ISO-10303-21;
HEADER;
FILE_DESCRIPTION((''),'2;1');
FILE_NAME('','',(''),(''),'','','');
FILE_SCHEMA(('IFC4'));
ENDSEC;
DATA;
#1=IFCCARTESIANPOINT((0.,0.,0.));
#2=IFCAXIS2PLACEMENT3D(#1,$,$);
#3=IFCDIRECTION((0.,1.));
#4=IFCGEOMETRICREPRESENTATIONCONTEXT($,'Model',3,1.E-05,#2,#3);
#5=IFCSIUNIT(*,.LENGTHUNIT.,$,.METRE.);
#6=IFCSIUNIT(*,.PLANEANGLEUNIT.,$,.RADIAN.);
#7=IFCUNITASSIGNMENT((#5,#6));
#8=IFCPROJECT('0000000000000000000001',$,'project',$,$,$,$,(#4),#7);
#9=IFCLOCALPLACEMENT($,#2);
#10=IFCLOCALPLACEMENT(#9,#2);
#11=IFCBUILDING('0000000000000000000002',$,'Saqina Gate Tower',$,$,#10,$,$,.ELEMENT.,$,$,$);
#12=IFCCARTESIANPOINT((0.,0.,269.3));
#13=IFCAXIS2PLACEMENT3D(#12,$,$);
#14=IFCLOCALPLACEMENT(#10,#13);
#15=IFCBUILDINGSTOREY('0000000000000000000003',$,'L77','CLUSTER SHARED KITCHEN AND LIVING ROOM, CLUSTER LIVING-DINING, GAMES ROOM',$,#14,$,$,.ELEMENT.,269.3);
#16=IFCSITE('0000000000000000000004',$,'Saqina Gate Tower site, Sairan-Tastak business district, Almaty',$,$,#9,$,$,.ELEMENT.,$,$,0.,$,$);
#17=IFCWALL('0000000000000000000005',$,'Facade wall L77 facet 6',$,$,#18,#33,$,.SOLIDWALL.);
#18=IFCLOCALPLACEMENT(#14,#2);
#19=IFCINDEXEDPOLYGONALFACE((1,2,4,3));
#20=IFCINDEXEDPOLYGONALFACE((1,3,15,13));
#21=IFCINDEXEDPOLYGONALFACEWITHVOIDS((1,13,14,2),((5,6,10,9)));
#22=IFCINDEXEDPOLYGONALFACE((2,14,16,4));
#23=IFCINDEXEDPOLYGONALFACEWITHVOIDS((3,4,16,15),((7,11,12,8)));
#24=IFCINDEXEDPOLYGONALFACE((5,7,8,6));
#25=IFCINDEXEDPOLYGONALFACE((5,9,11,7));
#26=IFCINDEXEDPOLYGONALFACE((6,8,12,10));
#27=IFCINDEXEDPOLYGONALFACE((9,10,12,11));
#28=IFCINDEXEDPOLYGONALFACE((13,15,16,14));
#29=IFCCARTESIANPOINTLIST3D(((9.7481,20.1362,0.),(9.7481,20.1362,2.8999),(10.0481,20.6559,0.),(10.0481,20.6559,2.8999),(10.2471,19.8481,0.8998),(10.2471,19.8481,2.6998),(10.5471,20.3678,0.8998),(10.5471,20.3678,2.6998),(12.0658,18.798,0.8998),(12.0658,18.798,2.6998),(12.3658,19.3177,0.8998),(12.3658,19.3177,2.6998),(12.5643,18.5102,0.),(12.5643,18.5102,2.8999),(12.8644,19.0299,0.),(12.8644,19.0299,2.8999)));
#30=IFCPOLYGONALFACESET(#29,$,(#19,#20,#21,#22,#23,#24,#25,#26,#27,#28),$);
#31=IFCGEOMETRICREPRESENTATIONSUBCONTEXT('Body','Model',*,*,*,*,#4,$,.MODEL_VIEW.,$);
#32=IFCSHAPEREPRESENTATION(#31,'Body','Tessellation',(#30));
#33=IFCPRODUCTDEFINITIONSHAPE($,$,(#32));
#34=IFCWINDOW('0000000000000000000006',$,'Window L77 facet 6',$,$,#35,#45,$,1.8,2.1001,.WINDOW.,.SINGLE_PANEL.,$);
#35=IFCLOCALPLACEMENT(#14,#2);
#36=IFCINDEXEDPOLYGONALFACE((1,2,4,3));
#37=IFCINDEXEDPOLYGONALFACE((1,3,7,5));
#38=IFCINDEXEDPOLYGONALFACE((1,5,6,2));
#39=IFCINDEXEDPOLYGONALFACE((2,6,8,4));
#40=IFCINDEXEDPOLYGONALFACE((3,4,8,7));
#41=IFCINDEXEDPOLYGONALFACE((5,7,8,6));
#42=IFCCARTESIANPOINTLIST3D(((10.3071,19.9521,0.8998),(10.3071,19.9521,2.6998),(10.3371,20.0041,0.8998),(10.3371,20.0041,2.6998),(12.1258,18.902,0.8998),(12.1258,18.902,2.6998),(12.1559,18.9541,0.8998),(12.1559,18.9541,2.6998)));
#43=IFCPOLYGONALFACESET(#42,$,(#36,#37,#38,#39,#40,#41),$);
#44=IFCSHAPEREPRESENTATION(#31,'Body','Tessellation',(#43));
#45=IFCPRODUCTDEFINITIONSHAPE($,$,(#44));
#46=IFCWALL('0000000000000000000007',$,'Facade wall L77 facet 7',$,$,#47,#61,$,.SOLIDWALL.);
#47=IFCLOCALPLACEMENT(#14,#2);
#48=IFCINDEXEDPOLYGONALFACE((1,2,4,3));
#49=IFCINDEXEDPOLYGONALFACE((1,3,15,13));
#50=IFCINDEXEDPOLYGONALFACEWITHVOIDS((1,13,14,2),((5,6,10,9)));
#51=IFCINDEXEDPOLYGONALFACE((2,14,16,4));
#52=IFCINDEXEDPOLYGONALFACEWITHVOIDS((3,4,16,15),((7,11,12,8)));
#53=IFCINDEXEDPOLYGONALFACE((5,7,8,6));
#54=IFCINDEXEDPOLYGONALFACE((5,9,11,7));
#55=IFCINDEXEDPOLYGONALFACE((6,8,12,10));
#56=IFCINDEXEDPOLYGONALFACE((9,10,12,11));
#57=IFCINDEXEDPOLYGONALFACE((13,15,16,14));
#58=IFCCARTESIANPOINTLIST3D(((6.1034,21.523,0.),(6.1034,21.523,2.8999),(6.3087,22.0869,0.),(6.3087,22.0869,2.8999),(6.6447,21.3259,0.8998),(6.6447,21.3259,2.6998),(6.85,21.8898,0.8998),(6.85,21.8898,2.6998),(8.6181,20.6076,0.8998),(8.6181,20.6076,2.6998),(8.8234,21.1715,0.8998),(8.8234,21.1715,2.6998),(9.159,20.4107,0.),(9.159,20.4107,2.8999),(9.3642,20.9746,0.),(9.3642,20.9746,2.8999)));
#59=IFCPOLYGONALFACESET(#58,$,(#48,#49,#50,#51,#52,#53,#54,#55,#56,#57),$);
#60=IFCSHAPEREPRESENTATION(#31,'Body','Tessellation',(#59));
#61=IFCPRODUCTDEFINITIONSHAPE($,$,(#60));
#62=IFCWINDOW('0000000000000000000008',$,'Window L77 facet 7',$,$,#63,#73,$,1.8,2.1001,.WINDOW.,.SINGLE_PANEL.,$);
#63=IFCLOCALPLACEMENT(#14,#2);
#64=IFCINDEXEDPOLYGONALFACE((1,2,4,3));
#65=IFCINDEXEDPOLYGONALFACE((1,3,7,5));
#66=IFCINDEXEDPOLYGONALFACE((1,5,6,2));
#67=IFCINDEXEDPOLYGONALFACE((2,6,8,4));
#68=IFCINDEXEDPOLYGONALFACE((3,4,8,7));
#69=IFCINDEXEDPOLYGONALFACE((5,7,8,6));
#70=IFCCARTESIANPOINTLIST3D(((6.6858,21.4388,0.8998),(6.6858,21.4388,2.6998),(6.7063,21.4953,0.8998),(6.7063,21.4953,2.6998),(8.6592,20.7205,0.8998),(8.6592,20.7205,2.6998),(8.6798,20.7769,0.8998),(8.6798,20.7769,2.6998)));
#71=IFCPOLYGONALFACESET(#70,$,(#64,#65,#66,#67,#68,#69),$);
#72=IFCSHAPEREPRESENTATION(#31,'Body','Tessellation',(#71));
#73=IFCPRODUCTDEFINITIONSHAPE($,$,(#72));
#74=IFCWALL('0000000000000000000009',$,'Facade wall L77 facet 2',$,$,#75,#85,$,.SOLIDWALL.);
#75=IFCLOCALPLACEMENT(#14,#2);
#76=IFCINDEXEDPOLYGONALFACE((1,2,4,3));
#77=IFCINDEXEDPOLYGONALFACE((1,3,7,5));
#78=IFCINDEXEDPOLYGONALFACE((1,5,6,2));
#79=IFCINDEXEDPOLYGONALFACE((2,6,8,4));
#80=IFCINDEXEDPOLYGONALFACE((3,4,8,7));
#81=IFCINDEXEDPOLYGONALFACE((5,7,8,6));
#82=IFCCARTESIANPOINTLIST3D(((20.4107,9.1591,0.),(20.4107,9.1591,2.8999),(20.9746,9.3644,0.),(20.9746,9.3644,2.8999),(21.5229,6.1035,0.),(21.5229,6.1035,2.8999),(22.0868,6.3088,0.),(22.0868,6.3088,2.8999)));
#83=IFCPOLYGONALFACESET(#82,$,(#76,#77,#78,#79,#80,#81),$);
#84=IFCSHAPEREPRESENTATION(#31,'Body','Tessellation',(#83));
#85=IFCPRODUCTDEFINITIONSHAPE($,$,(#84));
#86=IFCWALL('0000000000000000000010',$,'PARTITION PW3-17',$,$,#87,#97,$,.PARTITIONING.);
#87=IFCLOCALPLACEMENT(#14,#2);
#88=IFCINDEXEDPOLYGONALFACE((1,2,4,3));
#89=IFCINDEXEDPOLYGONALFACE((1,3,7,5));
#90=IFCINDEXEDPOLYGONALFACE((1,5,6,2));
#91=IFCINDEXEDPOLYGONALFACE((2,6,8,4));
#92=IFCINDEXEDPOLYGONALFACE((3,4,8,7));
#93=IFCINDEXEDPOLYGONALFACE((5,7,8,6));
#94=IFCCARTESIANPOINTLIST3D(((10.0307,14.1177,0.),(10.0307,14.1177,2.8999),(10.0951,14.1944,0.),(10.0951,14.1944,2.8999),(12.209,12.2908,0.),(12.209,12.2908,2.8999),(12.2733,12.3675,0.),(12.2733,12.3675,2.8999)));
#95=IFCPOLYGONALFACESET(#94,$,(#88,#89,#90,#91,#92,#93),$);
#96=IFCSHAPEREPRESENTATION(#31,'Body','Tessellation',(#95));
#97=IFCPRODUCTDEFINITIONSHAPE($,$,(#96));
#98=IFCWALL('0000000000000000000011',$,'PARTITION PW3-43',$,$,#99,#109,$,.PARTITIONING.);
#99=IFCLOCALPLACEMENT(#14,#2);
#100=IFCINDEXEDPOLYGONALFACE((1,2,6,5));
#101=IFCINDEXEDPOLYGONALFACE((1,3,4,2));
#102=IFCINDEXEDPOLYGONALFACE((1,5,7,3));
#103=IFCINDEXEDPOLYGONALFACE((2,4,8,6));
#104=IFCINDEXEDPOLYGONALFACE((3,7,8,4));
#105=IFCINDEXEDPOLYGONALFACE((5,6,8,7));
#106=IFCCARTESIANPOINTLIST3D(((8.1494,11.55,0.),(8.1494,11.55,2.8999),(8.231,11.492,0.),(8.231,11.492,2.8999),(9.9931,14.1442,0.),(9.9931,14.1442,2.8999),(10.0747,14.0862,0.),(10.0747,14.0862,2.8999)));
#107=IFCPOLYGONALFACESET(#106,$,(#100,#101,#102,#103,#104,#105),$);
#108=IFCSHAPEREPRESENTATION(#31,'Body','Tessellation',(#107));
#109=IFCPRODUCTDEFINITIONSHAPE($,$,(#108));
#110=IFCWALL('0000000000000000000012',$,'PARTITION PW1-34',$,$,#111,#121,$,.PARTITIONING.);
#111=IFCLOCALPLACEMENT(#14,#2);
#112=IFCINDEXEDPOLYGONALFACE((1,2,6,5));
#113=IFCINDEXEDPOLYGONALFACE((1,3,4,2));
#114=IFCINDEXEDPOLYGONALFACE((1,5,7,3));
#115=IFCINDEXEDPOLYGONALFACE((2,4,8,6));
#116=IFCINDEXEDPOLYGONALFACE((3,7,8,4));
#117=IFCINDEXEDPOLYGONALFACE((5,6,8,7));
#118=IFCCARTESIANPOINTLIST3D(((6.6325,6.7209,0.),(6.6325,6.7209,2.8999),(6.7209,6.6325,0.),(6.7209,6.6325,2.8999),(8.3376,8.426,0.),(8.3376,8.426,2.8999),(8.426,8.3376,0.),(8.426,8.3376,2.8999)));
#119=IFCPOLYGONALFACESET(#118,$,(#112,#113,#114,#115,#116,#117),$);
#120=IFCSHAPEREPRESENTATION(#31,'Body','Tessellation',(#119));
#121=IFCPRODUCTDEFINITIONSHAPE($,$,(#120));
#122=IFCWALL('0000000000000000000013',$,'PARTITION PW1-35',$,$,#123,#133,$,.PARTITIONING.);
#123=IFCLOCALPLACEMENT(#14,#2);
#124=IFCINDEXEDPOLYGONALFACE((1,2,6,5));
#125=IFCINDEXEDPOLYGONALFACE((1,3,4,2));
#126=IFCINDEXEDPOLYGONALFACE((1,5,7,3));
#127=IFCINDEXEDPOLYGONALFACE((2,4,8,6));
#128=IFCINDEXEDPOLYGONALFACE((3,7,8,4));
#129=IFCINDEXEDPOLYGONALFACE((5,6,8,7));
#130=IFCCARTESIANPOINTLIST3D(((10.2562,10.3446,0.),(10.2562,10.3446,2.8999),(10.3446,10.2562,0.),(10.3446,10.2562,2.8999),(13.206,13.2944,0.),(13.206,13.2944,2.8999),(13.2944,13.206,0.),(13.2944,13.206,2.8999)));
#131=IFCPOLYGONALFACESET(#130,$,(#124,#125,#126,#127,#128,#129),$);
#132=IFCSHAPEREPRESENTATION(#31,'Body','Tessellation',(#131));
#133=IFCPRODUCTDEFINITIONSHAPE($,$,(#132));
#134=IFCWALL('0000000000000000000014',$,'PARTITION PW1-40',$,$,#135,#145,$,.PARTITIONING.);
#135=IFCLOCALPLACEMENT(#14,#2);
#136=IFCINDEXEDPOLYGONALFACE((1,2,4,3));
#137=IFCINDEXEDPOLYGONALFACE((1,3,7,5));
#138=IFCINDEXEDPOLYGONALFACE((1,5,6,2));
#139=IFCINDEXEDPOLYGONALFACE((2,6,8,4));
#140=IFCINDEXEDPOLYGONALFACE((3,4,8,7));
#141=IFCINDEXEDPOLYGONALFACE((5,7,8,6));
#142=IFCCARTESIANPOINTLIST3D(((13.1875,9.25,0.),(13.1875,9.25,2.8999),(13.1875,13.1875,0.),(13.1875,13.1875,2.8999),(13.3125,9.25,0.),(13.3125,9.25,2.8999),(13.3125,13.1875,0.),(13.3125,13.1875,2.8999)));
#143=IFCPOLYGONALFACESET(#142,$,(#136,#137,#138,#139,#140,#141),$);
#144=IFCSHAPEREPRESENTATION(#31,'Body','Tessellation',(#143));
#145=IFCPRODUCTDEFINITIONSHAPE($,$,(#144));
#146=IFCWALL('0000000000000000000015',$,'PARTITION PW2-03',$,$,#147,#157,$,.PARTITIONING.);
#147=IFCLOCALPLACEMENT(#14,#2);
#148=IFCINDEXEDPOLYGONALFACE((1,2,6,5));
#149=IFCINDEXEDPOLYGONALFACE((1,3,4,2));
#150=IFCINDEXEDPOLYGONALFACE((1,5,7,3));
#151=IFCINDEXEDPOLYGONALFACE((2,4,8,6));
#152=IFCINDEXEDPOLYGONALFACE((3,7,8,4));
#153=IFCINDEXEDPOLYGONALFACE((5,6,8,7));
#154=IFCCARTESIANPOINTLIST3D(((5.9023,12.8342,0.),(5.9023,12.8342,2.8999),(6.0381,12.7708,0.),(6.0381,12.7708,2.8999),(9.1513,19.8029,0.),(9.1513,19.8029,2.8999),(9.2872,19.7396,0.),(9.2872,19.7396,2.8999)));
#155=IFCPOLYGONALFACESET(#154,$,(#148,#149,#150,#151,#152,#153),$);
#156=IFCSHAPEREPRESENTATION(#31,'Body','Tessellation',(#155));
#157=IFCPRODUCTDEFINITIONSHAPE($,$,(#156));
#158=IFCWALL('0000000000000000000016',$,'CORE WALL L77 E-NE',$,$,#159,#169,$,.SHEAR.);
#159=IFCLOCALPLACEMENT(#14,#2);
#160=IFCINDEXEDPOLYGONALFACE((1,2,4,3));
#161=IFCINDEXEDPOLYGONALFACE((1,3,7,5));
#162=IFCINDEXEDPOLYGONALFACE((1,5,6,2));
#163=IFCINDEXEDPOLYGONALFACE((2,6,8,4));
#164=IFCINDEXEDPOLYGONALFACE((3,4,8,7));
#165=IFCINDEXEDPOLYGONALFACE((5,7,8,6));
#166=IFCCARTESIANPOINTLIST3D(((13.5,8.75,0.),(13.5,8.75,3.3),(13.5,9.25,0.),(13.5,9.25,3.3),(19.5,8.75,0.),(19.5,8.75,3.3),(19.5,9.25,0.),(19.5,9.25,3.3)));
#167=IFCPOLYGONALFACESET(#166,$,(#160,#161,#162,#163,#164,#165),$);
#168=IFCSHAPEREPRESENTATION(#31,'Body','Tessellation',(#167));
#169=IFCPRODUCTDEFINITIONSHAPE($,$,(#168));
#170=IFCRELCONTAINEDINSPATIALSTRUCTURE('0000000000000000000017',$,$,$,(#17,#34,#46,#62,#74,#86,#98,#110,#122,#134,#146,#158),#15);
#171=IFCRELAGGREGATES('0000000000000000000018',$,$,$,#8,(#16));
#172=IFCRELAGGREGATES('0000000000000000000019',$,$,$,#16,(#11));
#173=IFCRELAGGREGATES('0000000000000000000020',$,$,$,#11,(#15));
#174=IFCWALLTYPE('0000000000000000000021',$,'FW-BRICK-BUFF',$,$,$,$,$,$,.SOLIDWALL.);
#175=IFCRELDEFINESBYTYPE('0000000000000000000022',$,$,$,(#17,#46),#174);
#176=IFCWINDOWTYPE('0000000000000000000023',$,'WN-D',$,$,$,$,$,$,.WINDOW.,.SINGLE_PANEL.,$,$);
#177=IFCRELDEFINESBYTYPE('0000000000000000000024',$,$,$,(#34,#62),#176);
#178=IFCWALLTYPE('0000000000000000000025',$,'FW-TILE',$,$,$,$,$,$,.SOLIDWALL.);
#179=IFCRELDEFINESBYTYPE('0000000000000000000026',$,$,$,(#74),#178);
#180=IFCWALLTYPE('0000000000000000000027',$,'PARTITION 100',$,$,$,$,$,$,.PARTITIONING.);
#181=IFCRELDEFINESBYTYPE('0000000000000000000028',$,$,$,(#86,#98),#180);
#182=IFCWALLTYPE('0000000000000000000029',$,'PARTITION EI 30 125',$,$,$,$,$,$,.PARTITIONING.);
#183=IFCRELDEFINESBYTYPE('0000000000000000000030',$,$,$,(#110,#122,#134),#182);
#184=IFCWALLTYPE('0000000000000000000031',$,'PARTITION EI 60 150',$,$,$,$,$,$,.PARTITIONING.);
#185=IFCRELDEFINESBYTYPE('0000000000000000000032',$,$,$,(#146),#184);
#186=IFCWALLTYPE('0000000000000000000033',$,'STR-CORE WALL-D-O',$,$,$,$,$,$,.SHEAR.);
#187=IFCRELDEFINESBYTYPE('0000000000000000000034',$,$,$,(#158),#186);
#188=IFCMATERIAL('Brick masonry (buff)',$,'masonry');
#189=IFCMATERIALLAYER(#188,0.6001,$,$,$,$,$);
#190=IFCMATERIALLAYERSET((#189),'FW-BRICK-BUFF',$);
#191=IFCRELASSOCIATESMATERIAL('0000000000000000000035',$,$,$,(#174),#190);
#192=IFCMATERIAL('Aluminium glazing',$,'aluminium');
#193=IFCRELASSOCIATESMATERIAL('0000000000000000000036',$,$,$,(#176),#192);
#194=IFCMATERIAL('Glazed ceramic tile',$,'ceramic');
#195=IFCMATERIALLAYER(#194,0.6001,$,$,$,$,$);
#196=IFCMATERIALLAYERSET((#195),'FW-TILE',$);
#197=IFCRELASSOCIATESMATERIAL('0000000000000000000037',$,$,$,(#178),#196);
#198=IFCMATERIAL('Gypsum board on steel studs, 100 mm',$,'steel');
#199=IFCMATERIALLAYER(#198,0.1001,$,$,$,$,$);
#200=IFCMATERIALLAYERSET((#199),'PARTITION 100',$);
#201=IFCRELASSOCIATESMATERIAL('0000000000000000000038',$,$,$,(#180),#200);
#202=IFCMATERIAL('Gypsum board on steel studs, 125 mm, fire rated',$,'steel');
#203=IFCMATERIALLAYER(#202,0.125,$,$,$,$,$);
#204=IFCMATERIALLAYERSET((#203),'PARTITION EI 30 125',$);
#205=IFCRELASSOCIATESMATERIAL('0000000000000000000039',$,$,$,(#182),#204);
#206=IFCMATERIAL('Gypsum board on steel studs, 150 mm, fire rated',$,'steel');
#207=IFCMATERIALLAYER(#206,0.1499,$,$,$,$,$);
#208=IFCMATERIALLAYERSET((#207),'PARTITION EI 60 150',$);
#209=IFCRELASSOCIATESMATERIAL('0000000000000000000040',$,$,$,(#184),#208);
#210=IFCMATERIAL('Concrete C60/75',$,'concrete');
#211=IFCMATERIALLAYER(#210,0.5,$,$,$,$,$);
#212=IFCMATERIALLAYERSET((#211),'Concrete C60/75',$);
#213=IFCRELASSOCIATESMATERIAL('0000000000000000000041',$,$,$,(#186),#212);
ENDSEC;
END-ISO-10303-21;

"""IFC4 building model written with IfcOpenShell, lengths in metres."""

from ifc_helpers import new_model, si_unit, direction, frame, frame_2d, origin, place, context, subcontext, project, spatial, rectangle, extrude, material, layer, layer_set, type_object, element, fill, save


model = new_model("IFC4")

# Units and contexts
model_context = context("Model", 3, precision=1e-05, world=origin(), true_north=direction((0.0, 1.0)))
body_context = subcontext(model_context, "Body", "Model", "MODEL_VIEW")
ifc_project = project(units=[si_unit("LENGTHUNIT", "METRE"), si_unit("PLANEANGLEUNIT", "RADIAN")], contexts=[model_context])

# Site, building, storey
site_placement = place(None, origin())
site = spatial("IfcSite", under=ifc_project, at=site_placement, Name="Saqina Gate Tower site, Sairan-Tastak business district, Almaty", CompositionType="ELEMENT", RefElevation=0.0)
building_placement = place(site_placement, origin())
building = spatial("IfcBuilding", under=site, at=building_placement, Name="Saqina Gate Tower", CompositionType="ELEMENT")
storey_placement = place(building_placement, frame((0.0, 0.0, 269.3)))
storey = spatial("IfcBuildingStorey", under=building, at=storey_placement, Name="L77", Description="CLUSTER SHARED KITCHEN AND LIVING ROOM, CLUSTER LIVING-DINING, GAMES ROOM", CompositionType="ELEMENT", Elevation=269.3)

# Walls, openings, windows
ifc_material_1 = material(Name="Brick masonry (buff)", Category="masonry")
ifc_layer_1 = layer(ifc_material_1, 0.6001)
ifc_layer_set_1 = layer_set([ifc_layer_1], Name="FW-BRICK-BUFF")
wall_type_1 = type_object("IfcWallType", Name="FW-BRICK-BUFF", PredefinedType="SOLIDWALL", material=ifc_layer_set_1)
ifc_material_2 = material(Name="Aluminium glazing", Category="aluminium")
window_type = type_object("IfcWindowType", Name="WN-D", PartitioningType="SINGLE_PANEL", PredefinedType="WINDOW", material=ifc_material_2)
wall_1_placement = place(storey_placement, frame((12.7144, 18.77, 0.0), z_axis=(0.0, 0.0, 1.0), x_axis=(-0.866017, 0.500015, 0.0)))
wall_1 = element("IfcWall", 1, at=wall_1_placement, inside=storey, type_object=wall_type_1, Name="Facade wall L77 facet 6", PredefinedType="SOLIDWALL", context=body_context, shape_type="SweptSolid", body=[
    extrude(rectangle(XDim=3.252, YDim=0.6001, at=frame_2d((1.626, 0.0))), origin(), (0.0, 0.0, 1.0), 2.8999),
])
opening_1_placement = place(wall_1_placement, frame((0.5757, 0.0, 0.8999)))
opening_1 = element("IfcOpeningElement", 2, at=opening_1_placement, cuts=wall_1, PredefinedType="OPENING", context=body_context, shape_type="SweptSolid", body=[
    extrude(rectangle(XDim=2.1001, YDim=1.8, at=frame_2d((1.05, 0.8999))), frame((0.0, 0.312, 0.0), z_axis=(0.0, -1.0, 0.0), x_axis=(1.0, 0.0, 0.0)), (0.0, 0.0, 1.0), 0.624),
])
window_1_placement = place(opening_1_placement, origin())
window_1 = element("IfcWindow", 3, at=window_1_placement, inside=storey, type_object=window_type, Name="Window L77 facet 6", OverallHeight=1.8, OverallWidth=2.1001, PartitioningType="SINGLE_PANEL", PredefinedType="WINDOW", context=body_context, shape_type="SweptSolid", body=[
    extrude(rectangle(XDim=2.1001, YDim=1.8, at=frame_2d((1.05, 0.8999))), frame((0.0, 0.1799, 0.0), z_axis=(0.0, -1.0, 0.0), x_axis=(1.0, 0.0, 0.0)), (0.0, 0.0, 1.0), 0.0601),
])
fill(opening_1, window_1)
wall_2_placement = place(storey_placement, frame((9.2617, 20.6926, 0.0), z_axis=(0.0, 0.0, 1.0), x_axis=(-0.939679, 0.342057, 0.0)))
wall_2 = element("IfcWall", 4, at=wall_2_placement, inside=storey, type_object=wall_type_1, Name="Facade wall L77 facet 7", PredefinedType="SOLIDWALL", context=body_context, shape_type="SweptSolid", body=[
    extrude(rectangle(XDim=3.2517, YDim=0.6001, at=frame_2d((1.626, 0.0))), origin(), (0.0, 0.0, 1.0), 2.8999),
])
opening_2_placement = place(wall_2_placement, frame((0.5757, 0.0, 0.8999)))
opening_2 = element("IfcOpeningElement", 5, at=opening_2_placement, cuts=wall_2, PredefinedType="OPENING", context=body_context, shape_type="SweptSolid", body=[
    extrude(rectangle(XDim=2.1001, YDim=1.8, at=frame_2d((1.05, 0.8999))), frame((0.0, 0.312, 0.0), z_axis=(0.0, -1.0, 0.0), x_axis=(1.0, 0.0, 0.0)), (0.0, 0.0, 1.0), 0.624),
])
window_2_placement = place(opening_2_placement, origin())
window_2 = element("IfcWindow", 6, at=window_2_placement, inside=storey, type_object=window_type, Name="Window L77 facet 7", OverallHeight=1.8, OverallWidth=2.1001, PartitioningType="SINGLE_PANEL", PredefinedType="WINDOW", context=body_context, shape_type="SweptSolid", body=[
    extrude(rectangle(XDim=2.1001, YDim=1.8, at=frame_2d((1.05, 0.8999))), frame((0.0, 0.1799, 0.0), z_axis=(0.0, -1.0, 0.0), x_axis=(1.0, 0.0, 0.0)), (0.0, 0.0, 1.0), 0.0601),
])
fill(opening_2, window_2)

# Walls
ifc_material_3 = material(Name="Glazed ceramic tile", Category="ceramic")
ifc_layer_2 = layer(ifc_material_3, 0.6001)
ifc_layer_set_2 = layer_set([ifc_layer_2], Name="FW-TILE")
wall_type_2 = type_object("IfcWallType", Name="FW-TILE", PredefinedType="SOLIDWALL", material=ifc_layer_set_2)
wall_3_placement = place(storey_placement, frame((21.8049, 6.2061, 0.0), z_axis=(0.0, 0.0, 1.0), x_axis=(-0.342057, 0.939679, 0.0)))
element("IfcWall", 7, at=wall_3_placement, inside=storey, type_object=wall_type_2, Name="Facade wall L77 facet 2", PredefinedType="SOLIDWALL", context=body_context, shape_type="SweptSolid", body=[
    extrude(rectangle(XDim=3.2517, YDim=0.6001, at=frame_2d((1.626, 0.0))), origin(), (0.0, 0.0, 1.0), 2.8999),
])
ifc_material_4 = material(Name="Gypsum board on steel studs, 100 mm", Category="steel")
ifc_layer_3 = layer(ifc_material_4, 0.1001)
ifc_layer_set_3 = layer_set([ifc_layer_3], Name="PARTITION 100")
wall_type_3 = type_object("IfcWallType", Name="PARTITION 100", PredefinedType="PARTITIONING", material=ifc_layer_set_3)
wall_4_placement = place(storey_placement, frame((10.063, 14.156, 0.0), z_axis=(0.0, 0.0, 1.0), x_axis=(0.76619, -0.642614, 0.0)))
element("IfcWall", 8, at=wall_4_placement, inside=storey, type_object=wall_type_3, Name="PARTITION PW3-17", PredefinedType="PARTITIONING", context=body_context, shape_type="SweptSolid", body=[
    extrude(rectangle(XDim=2.843, YDim=0.1001, at=frame_2d((1.4214, 0.0))), origin(), (0.0, 0.0, 1.0), 2.8999),
])
wall_5_placement = place(storey_placement, frame((8.1902, 11.521, 0.0), z_axis=(0.0, 0.0, 1.0), x_axis=(0.579306, 0.81511, 0.0)))
element("IfcWall", 9, at=wall_5_placement, inside=storey, type_object=wall_type_3, Name="PARTITION PW3-43", PredefinedType="PARTITIONING", context=body_context, shape_type="SweptSolid", body=[
    extrude(rectangle(XDim=3.1826, YDim=0.1001, at=frame_2d((1.5913, 0.0))), origin(), (0.0, 0.0, 1.0), 2.8999),
])
ifc_material_5 = material(Name="Gypsum board on steel studs, 125 mm, fire rated", Category="steel")
ifc_layer_4 = layer(ifc_material_5, 0.125)
ifc_layer_set_4 = layer_set([ifc_layer_4], Name="PARTITION EI 30 125")
wall_type_4 = type_object("IfcWallType", Name="PARTITION EI 30 125", PredefinedType="PARTITIONING", material=ifc_layer_set_4)
wall_6_placement = place(storey_placement, frame((6.6768, 6.6768, 0.0), z_axis=(0.0, 0.0, 1.0), x_axis=(0.707107, 0.707107, 0.0)))
element("IfcWall", 10, at=wall_6_placement, inside=storey, type_object=wall_type_4, Name="PARTITION PW1-34", PredefinedType="PARTITIONING", context=body_context, shape_type="SweptSolid", body=[
    extrude(rectangle(XDim=2.4114, YDim=0.125, at=frame_2d((1.2056, 0.0))), origin(), (0.0, 0.0, 1.0), 2.8999),
])
wall_7_placement = place(storey_placement, frame((10.3003, 10.3003, 0.0), z_axis=(0.0, 0.0, 1.0), x_axis=(0.707107, 0.707107, 0.0)))
element("IfcWall", 11, at=wall_7_placement, inside=storey, type_object=wall_type_4, Name="PARTITION PW1-35", PredefinedType="PARTITIONING", context=body_context, shape_type="SweptSolid", body=[
    extrude(rectangle(XDim=4.1716, YDim=0.125, at=frame_2d((2.0859, 0.0))), origin(), (0.0, 0.0, 1.0), 2.8999),
])
wall_8_placement = place(storey_placement, frame((13.25, 9.25, 0.0), z_axis=(0.0, 0.0, 1.0), x_axis=(0.0, 1.0, 0.0)))
element("IfcWall", 12, at=wall_8_placement, inside=storey, type_object=wall_type_4, Name="PARTITION PW1-40", PredefinedType="PARTITIONING", context=body_context, shape_type="SweptSolid", body=[
    extrude(rectangle(XDim=3.9375, YDim=0.125, at=frame_2d((1.9688, 0.0))), origin(), (0.0, 0.0, 1.0), 2.8999),
])
ifc_material_6 = material(Name="Gypsum board on steel studs, 150 mm, fire rated", Category="steel")
ifc_layer_5 = layer(ifc_material_6, 0.1499)
ifc_layer_set_5 = layer_set([ifc_layer_5], Name="PARTITION EI 60 150")
wall_type_5 = type_object("IfcWallType", Name="PARTITION EI 60 150", PredefinedType="PARTITIONING", material=ifc_layer_set_5)
wall_9_placement = place(storey_placement, frame((5.9702, 12.8025, 0.0), z_axis=(0.0, 0.0, 1.0), x_axis=(0.422559, 0.906336, 0.0)))
element("IfcWall", 13, at=wall_9_placement, inside=storey, type_object=wall_type_5, Name="PARTITION PW2-03", PredefinedType="PARTITIONING", context=body_context, shape_type="SweptSolid", body=[
    extrude(rectangle(XDim=7.689, YDim=0.1499, at=frame_2d((3.8445, 0.0))), origin(), (0.0, 0.0, 1.0), 2.8999),
])
ifc_material_7 = material(Name="Concrete C60/75", Category="concrete")
ifc_layer_6 = layer(ifc_material_7, 0.5)
ifc_layer_set_6 = layer_set([ifc_layer_6], Name="Concrete C60/75")
wall_type_6 = type_object("IfcWallType", Name="STR-CORE WALL-D-O", PredefinedType="SHEAR", material=ifc_layer_set_6)
wall_10_placement = place(storey_placement, frame((13.5, 9.0, 0.0), z_axis=(0.0, 0.0, 1.0), x_axis=(1.0, 0.0, 0.0)))
element("IfcWall", 14, at=wall_10_placement, inside=storey, type_object=wall_type_6, Name="CORE WALL L77 E-NE", PredefinedType="SHEAR", context=body_context, shape_type="SweptSolid", body=[
    extrude(rectangle(XDim=6.0, YDim=0.5, at=frame_2d((3.0, 0.0))), origin(), (0.0, 0.0, 1.0), 3.3),
])

save(model, "model.ifc")
